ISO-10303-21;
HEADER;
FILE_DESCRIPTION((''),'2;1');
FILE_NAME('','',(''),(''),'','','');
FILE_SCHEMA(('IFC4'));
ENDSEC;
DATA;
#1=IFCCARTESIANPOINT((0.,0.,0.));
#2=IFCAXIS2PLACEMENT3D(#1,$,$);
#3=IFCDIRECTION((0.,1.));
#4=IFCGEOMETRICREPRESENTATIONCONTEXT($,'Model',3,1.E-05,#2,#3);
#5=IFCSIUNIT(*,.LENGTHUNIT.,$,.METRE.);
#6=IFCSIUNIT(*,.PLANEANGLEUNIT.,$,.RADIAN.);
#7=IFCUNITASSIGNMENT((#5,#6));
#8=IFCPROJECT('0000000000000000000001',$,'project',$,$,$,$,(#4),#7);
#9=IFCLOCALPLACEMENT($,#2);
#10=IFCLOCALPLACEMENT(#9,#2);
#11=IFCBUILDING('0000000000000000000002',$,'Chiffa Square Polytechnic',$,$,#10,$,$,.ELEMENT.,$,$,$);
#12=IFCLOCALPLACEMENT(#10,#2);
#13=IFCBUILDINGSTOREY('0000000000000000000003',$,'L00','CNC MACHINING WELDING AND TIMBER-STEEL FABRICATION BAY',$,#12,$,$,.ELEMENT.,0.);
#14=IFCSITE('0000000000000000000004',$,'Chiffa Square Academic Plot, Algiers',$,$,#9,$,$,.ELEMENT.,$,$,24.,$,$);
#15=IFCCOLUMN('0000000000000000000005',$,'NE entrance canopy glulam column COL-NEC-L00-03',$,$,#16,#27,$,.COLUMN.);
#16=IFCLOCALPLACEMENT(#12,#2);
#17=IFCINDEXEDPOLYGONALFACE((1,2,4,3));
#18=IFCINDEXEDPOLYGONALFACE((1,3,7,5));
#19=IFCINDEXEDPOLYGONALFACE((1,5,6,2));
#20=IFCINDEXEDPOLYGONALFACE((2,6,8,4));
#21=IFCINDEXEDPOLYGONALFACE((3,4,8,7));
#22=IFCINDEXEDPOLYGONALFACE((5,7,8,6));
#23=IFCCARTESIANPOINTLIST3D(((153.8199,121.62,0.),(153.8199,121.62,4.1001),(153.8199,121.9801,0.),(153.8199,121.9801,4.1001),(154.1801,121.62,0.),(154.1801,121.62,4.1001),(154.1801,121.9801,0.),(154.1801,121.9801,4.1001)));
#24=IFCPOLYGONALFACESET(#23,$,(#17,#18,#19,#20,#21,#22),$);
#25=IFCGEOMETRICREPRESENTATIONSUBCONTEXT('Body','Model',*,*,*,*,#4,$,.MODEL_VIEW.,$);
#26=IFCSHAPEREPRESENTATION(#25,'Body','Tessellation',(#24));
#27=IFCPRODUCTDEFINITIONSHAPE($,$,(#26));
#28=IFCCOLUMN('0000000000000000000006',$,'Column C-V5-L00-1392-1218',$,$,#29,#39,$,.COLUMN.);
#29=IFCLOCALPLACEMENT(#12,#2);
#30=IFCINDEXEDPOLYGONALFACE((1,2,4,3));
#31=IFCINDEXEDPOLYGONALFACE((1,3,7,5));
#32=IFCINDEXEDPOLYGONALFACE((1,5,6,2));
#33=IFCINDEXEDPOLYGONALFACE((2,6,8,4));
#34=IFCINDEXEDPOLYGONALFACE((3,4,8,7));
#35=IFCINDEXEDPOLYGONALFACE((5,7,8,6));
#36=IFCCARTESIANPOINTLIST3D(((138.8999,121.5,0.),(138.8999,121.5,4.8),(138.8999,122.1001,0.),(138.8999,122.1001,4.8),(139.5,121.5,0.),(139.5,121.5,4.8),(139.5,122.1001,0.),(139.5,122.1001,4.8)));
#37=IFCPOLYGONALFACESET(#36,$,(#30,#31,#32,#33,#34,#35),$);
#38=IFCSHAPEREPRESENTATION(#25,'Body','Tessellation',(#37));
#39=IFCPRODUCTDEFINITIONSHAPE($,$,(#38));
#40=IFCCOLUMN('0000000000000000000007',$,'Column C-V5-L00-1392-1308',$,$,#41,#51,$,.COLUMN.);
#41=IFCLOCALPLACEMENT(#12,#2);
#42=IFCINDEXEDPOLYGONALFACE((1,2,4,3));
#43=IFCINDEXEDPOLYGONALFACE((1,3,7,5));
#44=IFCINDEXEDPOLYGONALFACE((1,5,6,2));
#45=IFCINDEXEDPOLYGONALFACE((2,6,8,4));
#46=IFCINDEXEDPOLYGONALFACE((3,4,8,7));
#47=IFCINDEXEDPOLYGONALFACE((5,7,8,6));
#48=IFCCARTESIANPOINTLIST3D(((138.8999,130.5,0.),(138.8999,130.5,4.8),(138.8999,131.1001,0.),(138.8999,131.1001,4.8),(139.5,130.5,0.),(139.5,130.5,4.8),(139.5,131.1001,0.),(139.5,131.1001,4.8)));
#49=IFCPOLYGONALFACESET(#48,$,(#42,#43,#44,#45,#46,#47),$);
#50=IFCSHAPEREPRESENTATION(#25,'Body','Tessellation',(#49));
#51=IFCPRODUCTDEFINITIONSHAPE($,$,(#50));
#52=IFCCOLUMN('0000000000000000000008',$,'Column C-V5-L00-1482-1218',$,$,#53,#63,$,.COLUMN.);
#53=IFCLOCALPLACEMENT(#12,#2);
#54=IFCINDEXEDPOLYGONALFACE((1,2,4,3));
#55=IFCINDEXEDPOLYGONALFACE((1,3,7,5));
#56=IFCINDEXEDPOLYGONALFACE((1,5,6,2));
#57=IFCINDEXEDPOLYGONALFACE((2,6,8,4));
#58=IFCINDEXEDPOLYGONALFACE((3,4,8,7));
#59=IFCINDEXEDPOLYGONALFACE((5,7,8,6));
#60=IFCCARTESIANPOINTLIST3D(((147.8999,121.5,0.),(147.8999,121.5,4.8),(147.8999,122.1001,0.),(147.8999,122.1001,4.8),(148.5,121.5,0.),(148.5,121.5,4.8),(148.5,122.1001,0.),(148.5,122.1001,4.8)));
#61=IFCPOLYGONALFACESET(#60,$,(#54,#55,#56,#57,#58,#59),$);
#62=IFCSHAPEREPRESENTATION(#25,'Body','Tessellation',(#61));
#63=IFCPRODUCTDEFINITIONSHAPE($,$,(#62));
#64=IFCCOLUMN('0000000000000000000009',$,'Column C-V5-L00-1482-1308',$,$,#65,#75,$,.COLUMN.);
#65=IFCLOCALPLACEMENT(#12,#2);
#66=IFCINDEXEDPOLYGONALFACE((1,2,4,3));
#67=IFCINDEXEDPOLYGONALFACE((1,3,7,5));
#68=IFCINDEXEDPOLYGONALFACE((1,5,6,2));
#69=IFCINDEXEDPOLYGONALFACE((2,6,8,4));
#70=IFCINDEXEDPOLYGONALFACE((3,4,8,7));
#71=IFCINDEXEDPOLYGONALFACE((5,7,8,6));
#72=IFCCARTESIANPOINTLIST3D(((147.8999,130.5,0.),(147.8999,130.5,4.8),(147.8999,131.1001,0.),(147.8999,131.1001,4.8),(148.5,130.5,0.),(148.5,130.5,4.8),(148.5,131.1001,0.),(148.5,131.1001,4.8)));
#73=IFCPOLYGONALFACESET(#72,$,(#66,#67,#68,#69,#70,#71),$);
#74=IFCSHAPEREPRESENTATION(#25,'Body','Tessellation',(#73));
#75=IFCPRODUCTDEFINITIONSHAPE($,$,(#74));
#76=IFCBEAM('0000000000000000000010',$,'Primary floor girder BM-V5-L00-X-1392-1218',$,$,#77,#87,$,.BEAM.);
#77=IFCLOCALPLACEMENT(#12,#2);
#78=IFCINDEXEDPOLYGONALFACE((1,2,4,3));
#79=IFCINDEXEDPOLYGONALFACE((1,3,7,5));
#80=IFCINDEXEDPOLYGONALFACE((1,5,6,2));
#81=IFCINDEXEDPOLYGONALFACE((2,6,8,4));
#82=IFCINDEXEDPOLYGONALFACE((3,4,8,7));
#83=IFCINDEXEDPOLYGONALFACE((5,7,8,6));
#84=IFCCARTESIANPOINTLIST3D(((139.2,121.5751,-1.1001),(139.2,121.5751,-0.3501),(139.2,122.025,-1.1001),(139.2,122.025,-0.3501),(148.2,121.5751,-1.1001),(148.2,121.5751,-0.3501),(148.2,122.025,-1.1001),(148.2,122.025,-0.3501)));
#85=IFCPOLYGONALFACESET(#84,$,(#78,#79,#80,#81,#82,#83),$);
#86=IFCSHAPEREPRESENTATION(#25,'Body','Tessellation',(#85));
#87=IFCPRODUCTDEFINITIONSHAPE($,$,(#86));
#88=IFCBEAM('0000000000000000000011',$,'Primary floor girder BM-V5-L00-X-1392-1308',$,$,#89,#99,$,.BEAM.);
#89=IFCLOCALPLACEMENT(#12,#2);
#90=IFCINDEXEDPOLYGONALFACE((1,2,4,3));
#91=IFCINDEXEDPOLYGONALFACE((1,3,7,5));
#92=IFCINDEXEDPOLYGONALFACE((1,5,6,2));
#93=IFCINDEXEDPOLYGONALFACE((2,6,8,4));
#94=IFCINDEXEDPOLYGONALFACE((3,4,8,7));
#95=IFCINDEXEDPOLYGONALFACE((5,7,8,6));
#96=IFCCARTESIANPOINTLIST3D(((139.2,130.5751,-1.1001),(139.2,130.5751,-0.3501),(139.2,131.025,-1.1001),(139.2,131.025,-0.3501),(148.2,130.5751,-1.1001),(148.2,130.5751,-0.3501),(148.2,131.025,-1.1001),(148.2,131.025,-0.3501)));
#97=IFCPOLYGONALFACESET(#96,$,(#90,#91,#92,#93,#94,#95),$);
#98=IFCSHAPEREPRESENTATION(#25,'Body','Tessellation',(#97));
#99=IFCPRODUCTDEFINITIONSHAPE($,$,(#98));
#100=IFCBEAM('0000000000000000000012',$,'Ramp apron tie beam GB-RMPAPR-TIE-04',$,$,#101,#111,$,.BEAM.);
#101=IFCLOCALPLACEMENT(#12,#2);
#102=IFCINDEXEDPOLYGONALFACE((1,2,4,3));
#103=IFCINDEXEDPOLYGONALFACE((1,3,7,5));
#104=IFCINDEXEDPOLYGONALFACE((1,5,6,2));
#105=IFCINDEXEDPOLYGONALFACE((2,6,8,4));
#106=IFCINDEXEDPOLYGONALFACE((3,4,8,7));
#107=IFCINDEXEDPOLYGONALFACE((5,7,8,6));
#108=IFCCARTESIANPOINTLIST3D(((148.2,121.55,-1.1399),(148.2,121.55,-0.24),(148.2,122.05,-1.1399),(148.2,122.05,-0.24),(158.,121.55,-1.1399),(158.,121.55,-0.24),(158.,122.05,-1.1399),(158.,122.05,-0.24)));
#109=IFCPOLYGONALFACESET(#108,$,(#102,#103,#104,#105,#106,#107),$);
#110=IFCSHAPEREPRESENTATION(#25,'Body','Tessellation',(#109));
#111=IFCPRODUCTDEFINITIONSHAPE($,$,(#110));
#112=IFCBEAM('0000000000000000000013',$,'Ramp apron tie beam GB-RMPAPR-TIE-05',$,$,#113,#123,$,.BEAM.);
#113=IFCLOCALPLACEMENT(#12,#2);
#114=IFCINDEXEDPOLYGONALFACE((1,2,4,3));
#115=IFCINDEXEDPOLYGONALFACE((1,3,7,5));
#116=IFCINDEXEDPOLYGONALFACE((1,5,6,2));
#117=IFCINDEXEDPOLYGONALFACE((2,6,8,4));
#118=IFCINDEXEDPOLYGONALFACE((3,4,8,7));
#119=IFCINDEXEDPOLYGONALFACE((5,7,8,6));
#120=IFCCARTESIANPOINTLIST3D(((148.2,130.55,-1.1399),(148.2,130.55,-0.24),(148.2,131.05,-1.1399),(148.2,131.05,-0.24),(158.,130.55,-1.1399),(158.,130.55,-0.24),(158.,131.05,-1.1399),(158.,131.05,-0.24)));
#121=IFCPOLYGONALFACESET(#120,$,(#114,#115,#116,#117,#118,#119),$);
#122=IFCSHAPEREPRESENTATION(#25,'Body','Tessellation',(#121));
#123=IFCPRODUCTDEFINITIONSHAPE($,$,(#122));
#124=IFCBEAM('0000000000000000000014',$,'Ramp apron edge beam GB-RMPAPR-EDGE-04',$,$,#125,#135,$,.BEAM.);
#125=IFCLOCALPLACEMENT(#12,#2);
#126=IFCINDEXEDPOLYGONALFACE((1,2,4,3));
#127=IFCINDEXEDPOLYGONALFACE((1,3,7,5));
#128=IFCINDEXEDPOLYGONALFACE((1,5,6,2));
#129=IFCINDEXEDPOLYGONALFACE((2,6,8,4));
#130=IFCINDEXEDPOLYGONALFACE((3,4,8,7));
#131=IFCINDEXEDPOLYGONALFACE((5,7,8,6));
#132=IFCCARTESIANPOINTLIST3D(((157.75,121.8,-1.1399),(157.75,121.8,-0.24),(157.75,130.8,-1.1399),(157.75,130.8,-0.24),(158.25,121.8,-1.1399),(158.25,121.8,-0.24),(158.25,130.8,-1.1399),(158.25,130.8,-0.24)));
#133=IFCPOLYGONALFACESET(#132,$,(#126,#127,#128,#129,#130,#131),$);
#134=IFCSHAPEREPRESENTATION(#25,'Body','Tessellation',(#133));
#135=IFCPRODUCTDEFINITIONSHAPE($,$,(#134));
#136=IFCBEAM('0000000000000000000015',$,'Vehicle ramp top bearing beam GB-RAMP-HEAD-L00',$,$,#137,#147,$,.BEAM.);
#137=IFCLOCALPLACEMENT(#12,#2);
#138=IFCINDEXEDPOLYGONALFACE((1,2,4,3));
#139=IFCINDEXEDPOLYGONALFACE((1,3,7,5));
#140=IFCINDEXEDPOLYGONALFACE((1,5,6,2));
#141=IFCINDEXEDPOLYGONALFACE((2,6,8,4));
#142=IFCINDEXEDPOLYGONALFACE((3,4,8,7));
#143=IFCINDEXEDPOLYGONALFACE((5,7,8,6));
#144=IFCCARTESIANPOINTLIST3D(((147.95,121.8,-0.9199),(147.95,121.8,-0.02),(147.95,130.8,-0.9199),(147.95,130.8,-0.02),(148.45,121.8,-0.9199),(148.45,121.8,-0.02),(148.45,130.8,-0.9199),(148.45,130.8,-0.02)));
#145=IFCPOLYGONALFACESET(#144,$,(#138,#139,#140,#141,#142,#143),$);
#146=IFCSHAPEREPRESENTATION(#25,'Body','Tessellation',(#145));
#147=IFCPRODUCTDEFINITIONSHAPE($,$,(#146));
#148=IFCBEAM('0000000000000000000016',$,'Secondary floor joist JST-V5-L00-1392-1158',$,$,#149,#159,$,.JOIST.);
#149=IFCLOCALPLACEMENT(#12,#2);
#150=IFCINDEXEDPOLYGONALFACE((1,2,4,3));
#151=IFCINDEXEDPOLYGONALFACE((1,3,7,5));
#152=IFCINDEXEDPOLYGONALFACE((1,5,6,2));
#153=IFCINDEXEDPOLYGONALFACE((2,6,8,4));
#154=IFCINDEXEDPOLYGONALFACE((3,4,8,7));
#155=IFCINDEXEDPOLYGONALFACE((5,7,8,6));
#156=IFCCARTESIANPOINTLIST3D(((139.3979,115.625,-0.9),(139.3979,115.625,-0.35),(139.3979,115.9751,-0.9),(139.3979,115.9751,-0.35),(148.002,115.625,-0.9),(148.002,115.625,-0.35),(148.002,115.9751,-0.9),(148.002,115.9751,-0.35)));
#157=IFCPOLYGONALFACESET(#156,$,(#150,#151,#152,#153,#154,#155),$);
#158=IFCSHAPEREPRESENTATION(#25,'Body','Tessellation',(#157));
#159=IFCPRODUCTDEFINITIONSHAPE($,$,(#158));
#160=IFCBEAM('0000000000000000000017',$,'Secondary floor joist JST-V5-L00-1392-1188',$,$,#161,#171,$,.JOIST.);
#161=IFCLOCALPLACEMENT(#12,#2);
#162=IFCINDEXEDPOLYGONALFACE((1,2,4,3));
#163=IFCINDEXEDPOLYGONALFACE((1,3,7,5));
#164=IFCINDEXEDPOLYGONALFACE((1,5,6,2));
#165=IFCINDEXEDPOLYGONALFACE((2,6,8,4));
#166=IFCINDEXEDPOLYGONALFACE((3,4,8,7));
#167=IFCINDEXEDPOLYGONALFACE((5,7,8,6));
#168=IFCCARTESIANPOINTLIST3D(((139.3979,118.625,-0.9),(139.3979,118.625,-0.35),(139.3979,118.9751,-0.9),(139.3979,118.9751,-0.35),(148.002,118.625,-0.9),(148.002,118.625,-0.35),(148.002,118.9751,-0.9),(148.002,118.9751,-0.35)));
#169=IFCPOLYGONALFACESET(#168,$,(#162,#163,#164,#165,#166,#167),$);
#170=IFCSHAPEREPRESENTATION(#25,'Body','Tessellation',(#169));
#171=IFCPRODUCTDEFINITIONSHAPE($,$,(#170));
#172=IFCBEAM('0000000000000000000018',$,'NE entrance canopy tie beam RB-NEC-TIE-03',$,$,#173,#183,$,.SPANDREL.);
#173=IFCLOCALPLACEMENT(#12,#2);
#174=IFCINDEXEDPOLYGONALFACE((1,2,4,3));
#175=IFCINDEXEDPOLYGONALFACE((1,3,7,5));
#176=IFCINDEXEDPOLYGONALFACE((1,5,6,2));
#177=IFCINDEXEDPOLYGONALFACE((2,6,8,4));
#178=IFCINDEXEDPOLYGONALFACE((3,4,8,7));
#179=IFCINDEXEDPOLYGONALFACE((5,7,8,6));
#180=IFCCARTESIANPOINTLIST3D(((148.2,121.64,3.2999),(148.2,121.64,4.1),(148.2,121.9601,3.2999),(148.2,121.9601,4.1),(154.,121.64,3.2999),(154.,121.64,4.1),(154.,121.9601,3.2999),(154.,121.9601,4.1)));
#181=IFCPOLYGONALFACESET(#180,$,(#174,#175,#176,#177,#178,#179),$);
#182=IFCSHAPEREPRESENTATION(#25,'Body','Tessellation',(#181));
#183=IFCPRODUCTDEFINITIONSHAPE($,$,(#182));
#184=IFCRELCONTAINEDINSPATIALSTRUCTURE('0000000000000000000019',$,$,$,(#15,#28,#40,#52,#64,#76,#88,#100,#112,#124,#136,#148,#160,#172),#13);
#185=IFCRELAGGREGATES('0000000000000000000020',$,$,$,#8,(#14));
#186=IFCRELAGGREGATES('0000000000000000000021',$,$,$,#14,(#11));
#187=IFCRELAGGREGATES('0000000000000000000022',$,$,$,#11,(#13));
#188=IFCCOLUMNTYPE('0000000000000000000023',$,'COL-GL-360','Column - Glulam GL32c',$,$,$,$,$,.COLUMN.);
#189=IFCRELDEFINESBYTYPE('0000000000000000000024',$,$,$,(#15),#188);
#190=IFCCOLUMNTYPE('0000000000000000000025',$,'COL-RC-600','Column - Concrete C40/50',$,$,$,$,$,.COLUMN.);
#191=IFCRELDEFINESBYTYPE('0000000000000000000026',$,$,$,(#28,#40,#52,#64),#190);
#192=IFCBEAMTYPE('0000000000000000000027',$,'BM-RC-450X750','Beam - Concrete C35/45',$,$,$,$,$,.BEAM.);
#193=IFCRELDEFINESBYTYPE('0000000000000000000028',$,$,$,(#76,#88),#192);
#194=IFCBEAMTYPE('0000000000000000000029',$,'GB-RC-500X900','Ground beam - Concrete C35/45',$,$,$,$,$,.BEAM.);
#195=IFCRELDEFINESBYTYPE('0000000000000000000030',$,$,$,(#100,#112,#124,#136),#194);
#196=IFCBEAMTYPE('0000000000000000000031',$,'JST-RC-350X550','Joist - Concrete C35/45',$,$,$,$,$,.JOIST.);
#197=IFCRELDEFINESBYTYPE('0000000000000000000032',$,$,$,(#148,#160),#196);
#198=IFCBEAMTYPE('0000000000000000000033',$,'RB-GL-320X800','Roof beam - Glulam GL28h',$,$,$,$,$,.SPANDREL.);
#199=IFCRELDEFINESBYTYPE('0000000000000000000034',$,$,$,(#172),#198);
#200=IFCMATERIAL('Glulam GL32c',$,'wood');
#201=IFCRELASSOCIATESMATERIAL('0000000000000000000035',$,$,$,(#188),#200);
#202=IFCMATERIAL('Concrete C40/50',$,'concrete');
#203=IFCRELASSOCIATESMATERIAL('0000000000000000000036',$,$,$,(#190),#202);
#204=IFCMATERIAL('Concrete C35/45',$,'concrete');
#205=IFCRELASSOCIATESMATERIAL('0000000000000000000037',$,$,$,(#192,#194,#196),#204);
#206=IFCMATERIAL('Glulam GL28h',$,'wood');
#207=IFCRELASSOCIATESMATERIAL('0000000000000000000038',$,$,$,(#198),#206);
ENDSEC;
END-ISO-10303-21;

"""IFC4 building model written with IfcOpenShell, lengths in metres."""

from ifc_helpers import new_model, si_unit, direction, frame, origin, origin_2d, place, context, subcontext, project, spatial, rectangle, extrude, material, material_profile, profile_set, type_object, element, save


model = new_model("IFC4")

# Units and contexts
model_context = context("Model", 3, precision=1e-05, world=origin(), true_north=direction((0.0, 1.0)))
body_context = subcontext(model_context, "Body", "Model", "MODEL_VIEW")
ifc_project = project(units=[si_unit("LENGTHUNIT", "METRE"), si_unit("PLANEANGLEUNIT", "RADIAN")], contexts=[model_context])

# Site, building, storey
site_placement = place(None, origin())
site = spatial("IfcSite", under=ifc_project, at=site_placement, Name="Chiffa Square Academic Plot, Algiers", CompositionType="ELEMENT", RefElevation=24.0)
building_placement = place(site_placement, origin())
building = spatial("IfcBuilding", under=site, at=building_placement, Name="Chiffa Square Polytechnic", CompositionType="ELEMENT")
storey_placement = place(building_placement, origin())
storey = spatial("IfcBuildingStorey", under=building, at=storey_placement, Name="L00", Description="CNC MACHINING WELDING AND TIMBER-STEEL FABRICATION BAY", CompositionType="ELEMENT", Elevation=0.0)

# Columns
ifc_material_1 = material(Name="Glulam GL32c", Category="wood")
ifc_material_profile_1 = material_profile(ifc_material_1, rectangle(XDim=0.3601, YDim=0.3601, at=origin_2d()), Name="GL32c 360x360")
ifc_profile_set_1 = profile_set([ifc_material_profile_1], Name="Glulam GL32c")
column_type_1 = type_object("IfcColumnType", Name="COL-GL-360", Description="Column - Glulam GL32c", PredefinedType="COLUMN", material=ifc_profile_set_1)
column_placement = place(storey_placement, frame((154.0, 121.8, 0.0), z_axis=(0.0, 0.0, 1.0), x_axis=(1.0, 0.0, 0.0)))
element("IfcColumn", 1, at=column_placement, inside=storey, type_object=column_type_1, Name="NE entrance canopy glulam column COL-NEC-L00-03", PredefinedType="COLUMN", context=body_context, shape_type="SweptSolid", body=[
    extrude(rectangle(XDim=0.3601, YDim=0.3601, at=origin_2d()), origin(), (0.0, 0.0, 1.0), 4.1001),
])
ifc_material_2 = material(Name="Concrete C40/50", Category="concrete")
ifc_material_profile_2 = material_profile(ifc_material_2, rectangle(XDim=0.6001, YDim=0.6001, at=origin_2d()), Name="RC 600x600")
ifc_profile_set_2 = profile_set([ifc_material_profile_2], Name="Concrete C40/50")
column_type_2 = type_object("IfcColumnType", Name="COL-RC-600", Description="Column - Concrete C40/50", PredefinedType="COLUMN", material=ifc_profile_set_2)
for number, where, z_axis, x_axis, name in (
    (2, (139.2, 121.8, 0.0), (0.0, 0.0, 1.0), (1.0, 0.0, 0.0), "Column C-V5-L00-1392-1218"),
    (3, (139.2, 130.8, 0.0), (0.0, 0.0, 1.0), (1.0, 0.0, 0.0), "Column C-V5-L00-1392-1308"),
    (4, (148.2, 121.8, 0.0), (0.0, 0.0, 1.0), (1.0, 0.0, 0.0), "Column C-V5-L00-1482-1218"),
    (5, (148.2, 130.8, 0.0), (0.0, 0.0, 1.0), (1.0, 0.0, 0.0), "Column C-V5-L00-1482-1308"),
):
    element("IfcColumn", number, at=place(storey_placement, frame(where, z_axis=z_axis, x_axis=x_axis)), inside=storey, type_object=column_type_2, Name=name, PredefinedType="COLUMN", context=body_context, shape_type="SweptSolid", body=[
        extrude(rectangle(XDim=0.6001, YDim=0.6001, at=origin_2d()), origin(), (0.0, 0.0, 1.0), 4.8),
    ])

# Beams
ifc_material_3 = material(Name="Concrete C35/45", Category="concrete")
ifc_material_profile_3 = material_profile(ifc_material_3, rectangle(XDim=0.45, YDim=0.75, at=origin_2d()), Name="RC 450x750")
ifc_profile_set_3 = profile_set([ifc_material_profile_3], Name="Concrete C35/45")
beam_type_1 = type_object("IfcBeamType", Name="BM-RC-450X750", Description="Beam - Concrete C35/45", PredefinedType="BEAM", material=ifc_profile_set_3)
for number, where, z_axis, x_axis, name in (
    (6, (139.2, 121.8, -0.7251), (1.0, 0.0, 0.0), (0.0, 1.0, 0.0), "Primary floor girder BM-V5-L00-X-1392-1218"),
    (7, (139.2, 130.8, -0.7251), (1.0, 0.0, 0.0), (0.0, 1.0, 0.0), "Primary floor girder BM-V5-L00-X-1392-1308"),
):
    element("IfcBeam", number, at=place(storey_placement, frame(where, z_axis=z_axis, x_axis=x_axis)), inside=storey, type_object=beam_type_1, Name=name, PredefinedType="BEAM", context=body_context, shape_type="SweptSolid", body=[
        extrude(rectangle(XDim=0.45, YDim=0.75, at=origin_2d()), origin(), (0.0, 0.0, 1.0), 9.0),
    ])
ifc_material_profile_4 = material_profile(ifc_material_3, rectangle(XDim=0.5, YDim=0.8999, at=origin_2d()), Name="RC 500x900")
ifc_profile_set_4 = profile_set([ifc_material_profile_4], Name="Concrete C35/45")
beam_type_2 = type_object("IfcBeamType", Name="GB-RC-500X900", Description="Ground beam - Concrete C35/45", PredefinedType="BEAM", material=ifc_profile_set_4)
for number, where, z_axis, x_axis, name in (
    (8, (148.2, 121.8, -0.6899), (1.0, 0.0, 0.0), (0.0, 1.0, 0.0), "Ramp apron tie beam GB-RMPAPR-TIE-04"),
    (9, (148.2, 130.8, -0.6899), (1.0, 0.0, 0.0), (0.0, 1.0, 0.0), "Ramp apron tie beam GB-RMPAPR-TIE-05"),
):
    element("IfcBeam", number, at=place(storey_placement, frame(where, z_axis=z_axis, x_axis=x_axis)), inside=storey, type_object=beam_type_2, Name=name, PredefinedType="BEAM", context=body_context, shape_type="SweptSolid", body=[
        extrude(rectangle(XDim=0.5, YDim=0.8999, at=origin_2d()), origin(), (0.0, 0.0, 1.0), 9.8),
    ])
for number, where, z_axis, x_axis, name in (
    (10, (158.0, 121.8, -0.6899), (0.0, 1.0, 0.0), (-1.0, 0.0, 0.0), "Ramp apron edge beam GB-RMPAPR-EDGE-04"),
    (11, (148.2, 121.8, -0.47), (0.0, 1.0, 0.0), (-1.0, 0.0, 0.0), "Vehicle ramp top bearing beam GB-RAMP-HEAD-L00"),
):
    element("IfcBeam", number, at=place(storey_placement, frame(where, z_axis=z_axis, x_axis=x_axis)), inside=storey, type_object=beam_type_2, Name=name, PredefinedType="BEAM", context=body_context, shape_type="SweptSolid", body=[
        extrude(rectangle(XDim=0.5, YDim=0.8999, at=origin_2d()), origin(), (0.0, 0.0, 1.0), 9.0),
    ])
ifc_material_profile_5 = material_profile(ifc_material_3, rectangle(XDim=0.3501, YDim=0.55, at=origin_2d()), Name="RC 350x550")
ifc_profile_set_5 = profile_set([ifc_material_profile_5], Name="Concrete C35/45")
beam_type_3 = type_object("IfcBeamType", Name="JST-RC-350X550", Description="Joist - Concrete C35/45", PredefinedType="JOIST", material=ifc_profile_set_5)
for number, where, z_axis, x_axis, name in (
    (12, (139.3979, 115.8, -0.625), (1.0, 0.0, 0.0), (0.0, 1.0, 0.0), "Secondary floor joist JST-V5-L00-1392-1158"),
    (13, (139.3979, 118.8, -0.625), (1.0, 0.0, 0.0), (0.0, 1.0, 0.0), "Secondary floor joist JST-V5-L00-1392-1188"),
):
    element("IfcBeam", number, at=place(storey_placement, frame(where, z_axis=z_axis, x_axis=x_axis)), inside=storey, type_object=beam_type_3, Name=name, PredefinedType="JOIST", context=body_context, shape_type="SweptSolid", body=[
        extrude(rectangle(XDim=0.3501, YDim=0.55, at=origin_2d()), origin(), (0.0, 0.0, 1.0), 8.604),
    ])
ifc_material_4 = material(Name="Glulam GL28h", Category="wood")
ifc_material_profile_6 = material_profile(ifc_material_4, rectangle(XDim=0.3201, YDim=0.8, at=origin_2d()), Name="GL28h 320x800")
ifc_profile_set_6 = profile_set([ifc_material_profile_6], Name="Glulam GL28h")
beam_type_4 = type_object("IfcBeamType", Name="RB-GL-320X800", Description="Roof beam - Glulam GL28h", PredefinedType="SPANDREL", material=ifc_profile_set_6)
beam_placement = place(storey_placement, frame((148.2, 121.8, 3.7), z_axis=(1.0, 0.0, 0.0), x_axis=(0.0, 1.0, 0.0)))
element("IfcBeam", 14, at=beam_placement, inside=storey, type_object=beam_type_4, Name="NE entrance canopy tie beam RB-NEC-TIE-03", PredefinedType="SPANDREL", context=body_context, shape_type="SweptSolid", body=[
    extrude(rectangle(XDim=0.3201, YDim=0.8, at=origin_2d()), origin(), (0.0, 0.0, 1.0), 5.8),
])

save(model, "model.ifc")
